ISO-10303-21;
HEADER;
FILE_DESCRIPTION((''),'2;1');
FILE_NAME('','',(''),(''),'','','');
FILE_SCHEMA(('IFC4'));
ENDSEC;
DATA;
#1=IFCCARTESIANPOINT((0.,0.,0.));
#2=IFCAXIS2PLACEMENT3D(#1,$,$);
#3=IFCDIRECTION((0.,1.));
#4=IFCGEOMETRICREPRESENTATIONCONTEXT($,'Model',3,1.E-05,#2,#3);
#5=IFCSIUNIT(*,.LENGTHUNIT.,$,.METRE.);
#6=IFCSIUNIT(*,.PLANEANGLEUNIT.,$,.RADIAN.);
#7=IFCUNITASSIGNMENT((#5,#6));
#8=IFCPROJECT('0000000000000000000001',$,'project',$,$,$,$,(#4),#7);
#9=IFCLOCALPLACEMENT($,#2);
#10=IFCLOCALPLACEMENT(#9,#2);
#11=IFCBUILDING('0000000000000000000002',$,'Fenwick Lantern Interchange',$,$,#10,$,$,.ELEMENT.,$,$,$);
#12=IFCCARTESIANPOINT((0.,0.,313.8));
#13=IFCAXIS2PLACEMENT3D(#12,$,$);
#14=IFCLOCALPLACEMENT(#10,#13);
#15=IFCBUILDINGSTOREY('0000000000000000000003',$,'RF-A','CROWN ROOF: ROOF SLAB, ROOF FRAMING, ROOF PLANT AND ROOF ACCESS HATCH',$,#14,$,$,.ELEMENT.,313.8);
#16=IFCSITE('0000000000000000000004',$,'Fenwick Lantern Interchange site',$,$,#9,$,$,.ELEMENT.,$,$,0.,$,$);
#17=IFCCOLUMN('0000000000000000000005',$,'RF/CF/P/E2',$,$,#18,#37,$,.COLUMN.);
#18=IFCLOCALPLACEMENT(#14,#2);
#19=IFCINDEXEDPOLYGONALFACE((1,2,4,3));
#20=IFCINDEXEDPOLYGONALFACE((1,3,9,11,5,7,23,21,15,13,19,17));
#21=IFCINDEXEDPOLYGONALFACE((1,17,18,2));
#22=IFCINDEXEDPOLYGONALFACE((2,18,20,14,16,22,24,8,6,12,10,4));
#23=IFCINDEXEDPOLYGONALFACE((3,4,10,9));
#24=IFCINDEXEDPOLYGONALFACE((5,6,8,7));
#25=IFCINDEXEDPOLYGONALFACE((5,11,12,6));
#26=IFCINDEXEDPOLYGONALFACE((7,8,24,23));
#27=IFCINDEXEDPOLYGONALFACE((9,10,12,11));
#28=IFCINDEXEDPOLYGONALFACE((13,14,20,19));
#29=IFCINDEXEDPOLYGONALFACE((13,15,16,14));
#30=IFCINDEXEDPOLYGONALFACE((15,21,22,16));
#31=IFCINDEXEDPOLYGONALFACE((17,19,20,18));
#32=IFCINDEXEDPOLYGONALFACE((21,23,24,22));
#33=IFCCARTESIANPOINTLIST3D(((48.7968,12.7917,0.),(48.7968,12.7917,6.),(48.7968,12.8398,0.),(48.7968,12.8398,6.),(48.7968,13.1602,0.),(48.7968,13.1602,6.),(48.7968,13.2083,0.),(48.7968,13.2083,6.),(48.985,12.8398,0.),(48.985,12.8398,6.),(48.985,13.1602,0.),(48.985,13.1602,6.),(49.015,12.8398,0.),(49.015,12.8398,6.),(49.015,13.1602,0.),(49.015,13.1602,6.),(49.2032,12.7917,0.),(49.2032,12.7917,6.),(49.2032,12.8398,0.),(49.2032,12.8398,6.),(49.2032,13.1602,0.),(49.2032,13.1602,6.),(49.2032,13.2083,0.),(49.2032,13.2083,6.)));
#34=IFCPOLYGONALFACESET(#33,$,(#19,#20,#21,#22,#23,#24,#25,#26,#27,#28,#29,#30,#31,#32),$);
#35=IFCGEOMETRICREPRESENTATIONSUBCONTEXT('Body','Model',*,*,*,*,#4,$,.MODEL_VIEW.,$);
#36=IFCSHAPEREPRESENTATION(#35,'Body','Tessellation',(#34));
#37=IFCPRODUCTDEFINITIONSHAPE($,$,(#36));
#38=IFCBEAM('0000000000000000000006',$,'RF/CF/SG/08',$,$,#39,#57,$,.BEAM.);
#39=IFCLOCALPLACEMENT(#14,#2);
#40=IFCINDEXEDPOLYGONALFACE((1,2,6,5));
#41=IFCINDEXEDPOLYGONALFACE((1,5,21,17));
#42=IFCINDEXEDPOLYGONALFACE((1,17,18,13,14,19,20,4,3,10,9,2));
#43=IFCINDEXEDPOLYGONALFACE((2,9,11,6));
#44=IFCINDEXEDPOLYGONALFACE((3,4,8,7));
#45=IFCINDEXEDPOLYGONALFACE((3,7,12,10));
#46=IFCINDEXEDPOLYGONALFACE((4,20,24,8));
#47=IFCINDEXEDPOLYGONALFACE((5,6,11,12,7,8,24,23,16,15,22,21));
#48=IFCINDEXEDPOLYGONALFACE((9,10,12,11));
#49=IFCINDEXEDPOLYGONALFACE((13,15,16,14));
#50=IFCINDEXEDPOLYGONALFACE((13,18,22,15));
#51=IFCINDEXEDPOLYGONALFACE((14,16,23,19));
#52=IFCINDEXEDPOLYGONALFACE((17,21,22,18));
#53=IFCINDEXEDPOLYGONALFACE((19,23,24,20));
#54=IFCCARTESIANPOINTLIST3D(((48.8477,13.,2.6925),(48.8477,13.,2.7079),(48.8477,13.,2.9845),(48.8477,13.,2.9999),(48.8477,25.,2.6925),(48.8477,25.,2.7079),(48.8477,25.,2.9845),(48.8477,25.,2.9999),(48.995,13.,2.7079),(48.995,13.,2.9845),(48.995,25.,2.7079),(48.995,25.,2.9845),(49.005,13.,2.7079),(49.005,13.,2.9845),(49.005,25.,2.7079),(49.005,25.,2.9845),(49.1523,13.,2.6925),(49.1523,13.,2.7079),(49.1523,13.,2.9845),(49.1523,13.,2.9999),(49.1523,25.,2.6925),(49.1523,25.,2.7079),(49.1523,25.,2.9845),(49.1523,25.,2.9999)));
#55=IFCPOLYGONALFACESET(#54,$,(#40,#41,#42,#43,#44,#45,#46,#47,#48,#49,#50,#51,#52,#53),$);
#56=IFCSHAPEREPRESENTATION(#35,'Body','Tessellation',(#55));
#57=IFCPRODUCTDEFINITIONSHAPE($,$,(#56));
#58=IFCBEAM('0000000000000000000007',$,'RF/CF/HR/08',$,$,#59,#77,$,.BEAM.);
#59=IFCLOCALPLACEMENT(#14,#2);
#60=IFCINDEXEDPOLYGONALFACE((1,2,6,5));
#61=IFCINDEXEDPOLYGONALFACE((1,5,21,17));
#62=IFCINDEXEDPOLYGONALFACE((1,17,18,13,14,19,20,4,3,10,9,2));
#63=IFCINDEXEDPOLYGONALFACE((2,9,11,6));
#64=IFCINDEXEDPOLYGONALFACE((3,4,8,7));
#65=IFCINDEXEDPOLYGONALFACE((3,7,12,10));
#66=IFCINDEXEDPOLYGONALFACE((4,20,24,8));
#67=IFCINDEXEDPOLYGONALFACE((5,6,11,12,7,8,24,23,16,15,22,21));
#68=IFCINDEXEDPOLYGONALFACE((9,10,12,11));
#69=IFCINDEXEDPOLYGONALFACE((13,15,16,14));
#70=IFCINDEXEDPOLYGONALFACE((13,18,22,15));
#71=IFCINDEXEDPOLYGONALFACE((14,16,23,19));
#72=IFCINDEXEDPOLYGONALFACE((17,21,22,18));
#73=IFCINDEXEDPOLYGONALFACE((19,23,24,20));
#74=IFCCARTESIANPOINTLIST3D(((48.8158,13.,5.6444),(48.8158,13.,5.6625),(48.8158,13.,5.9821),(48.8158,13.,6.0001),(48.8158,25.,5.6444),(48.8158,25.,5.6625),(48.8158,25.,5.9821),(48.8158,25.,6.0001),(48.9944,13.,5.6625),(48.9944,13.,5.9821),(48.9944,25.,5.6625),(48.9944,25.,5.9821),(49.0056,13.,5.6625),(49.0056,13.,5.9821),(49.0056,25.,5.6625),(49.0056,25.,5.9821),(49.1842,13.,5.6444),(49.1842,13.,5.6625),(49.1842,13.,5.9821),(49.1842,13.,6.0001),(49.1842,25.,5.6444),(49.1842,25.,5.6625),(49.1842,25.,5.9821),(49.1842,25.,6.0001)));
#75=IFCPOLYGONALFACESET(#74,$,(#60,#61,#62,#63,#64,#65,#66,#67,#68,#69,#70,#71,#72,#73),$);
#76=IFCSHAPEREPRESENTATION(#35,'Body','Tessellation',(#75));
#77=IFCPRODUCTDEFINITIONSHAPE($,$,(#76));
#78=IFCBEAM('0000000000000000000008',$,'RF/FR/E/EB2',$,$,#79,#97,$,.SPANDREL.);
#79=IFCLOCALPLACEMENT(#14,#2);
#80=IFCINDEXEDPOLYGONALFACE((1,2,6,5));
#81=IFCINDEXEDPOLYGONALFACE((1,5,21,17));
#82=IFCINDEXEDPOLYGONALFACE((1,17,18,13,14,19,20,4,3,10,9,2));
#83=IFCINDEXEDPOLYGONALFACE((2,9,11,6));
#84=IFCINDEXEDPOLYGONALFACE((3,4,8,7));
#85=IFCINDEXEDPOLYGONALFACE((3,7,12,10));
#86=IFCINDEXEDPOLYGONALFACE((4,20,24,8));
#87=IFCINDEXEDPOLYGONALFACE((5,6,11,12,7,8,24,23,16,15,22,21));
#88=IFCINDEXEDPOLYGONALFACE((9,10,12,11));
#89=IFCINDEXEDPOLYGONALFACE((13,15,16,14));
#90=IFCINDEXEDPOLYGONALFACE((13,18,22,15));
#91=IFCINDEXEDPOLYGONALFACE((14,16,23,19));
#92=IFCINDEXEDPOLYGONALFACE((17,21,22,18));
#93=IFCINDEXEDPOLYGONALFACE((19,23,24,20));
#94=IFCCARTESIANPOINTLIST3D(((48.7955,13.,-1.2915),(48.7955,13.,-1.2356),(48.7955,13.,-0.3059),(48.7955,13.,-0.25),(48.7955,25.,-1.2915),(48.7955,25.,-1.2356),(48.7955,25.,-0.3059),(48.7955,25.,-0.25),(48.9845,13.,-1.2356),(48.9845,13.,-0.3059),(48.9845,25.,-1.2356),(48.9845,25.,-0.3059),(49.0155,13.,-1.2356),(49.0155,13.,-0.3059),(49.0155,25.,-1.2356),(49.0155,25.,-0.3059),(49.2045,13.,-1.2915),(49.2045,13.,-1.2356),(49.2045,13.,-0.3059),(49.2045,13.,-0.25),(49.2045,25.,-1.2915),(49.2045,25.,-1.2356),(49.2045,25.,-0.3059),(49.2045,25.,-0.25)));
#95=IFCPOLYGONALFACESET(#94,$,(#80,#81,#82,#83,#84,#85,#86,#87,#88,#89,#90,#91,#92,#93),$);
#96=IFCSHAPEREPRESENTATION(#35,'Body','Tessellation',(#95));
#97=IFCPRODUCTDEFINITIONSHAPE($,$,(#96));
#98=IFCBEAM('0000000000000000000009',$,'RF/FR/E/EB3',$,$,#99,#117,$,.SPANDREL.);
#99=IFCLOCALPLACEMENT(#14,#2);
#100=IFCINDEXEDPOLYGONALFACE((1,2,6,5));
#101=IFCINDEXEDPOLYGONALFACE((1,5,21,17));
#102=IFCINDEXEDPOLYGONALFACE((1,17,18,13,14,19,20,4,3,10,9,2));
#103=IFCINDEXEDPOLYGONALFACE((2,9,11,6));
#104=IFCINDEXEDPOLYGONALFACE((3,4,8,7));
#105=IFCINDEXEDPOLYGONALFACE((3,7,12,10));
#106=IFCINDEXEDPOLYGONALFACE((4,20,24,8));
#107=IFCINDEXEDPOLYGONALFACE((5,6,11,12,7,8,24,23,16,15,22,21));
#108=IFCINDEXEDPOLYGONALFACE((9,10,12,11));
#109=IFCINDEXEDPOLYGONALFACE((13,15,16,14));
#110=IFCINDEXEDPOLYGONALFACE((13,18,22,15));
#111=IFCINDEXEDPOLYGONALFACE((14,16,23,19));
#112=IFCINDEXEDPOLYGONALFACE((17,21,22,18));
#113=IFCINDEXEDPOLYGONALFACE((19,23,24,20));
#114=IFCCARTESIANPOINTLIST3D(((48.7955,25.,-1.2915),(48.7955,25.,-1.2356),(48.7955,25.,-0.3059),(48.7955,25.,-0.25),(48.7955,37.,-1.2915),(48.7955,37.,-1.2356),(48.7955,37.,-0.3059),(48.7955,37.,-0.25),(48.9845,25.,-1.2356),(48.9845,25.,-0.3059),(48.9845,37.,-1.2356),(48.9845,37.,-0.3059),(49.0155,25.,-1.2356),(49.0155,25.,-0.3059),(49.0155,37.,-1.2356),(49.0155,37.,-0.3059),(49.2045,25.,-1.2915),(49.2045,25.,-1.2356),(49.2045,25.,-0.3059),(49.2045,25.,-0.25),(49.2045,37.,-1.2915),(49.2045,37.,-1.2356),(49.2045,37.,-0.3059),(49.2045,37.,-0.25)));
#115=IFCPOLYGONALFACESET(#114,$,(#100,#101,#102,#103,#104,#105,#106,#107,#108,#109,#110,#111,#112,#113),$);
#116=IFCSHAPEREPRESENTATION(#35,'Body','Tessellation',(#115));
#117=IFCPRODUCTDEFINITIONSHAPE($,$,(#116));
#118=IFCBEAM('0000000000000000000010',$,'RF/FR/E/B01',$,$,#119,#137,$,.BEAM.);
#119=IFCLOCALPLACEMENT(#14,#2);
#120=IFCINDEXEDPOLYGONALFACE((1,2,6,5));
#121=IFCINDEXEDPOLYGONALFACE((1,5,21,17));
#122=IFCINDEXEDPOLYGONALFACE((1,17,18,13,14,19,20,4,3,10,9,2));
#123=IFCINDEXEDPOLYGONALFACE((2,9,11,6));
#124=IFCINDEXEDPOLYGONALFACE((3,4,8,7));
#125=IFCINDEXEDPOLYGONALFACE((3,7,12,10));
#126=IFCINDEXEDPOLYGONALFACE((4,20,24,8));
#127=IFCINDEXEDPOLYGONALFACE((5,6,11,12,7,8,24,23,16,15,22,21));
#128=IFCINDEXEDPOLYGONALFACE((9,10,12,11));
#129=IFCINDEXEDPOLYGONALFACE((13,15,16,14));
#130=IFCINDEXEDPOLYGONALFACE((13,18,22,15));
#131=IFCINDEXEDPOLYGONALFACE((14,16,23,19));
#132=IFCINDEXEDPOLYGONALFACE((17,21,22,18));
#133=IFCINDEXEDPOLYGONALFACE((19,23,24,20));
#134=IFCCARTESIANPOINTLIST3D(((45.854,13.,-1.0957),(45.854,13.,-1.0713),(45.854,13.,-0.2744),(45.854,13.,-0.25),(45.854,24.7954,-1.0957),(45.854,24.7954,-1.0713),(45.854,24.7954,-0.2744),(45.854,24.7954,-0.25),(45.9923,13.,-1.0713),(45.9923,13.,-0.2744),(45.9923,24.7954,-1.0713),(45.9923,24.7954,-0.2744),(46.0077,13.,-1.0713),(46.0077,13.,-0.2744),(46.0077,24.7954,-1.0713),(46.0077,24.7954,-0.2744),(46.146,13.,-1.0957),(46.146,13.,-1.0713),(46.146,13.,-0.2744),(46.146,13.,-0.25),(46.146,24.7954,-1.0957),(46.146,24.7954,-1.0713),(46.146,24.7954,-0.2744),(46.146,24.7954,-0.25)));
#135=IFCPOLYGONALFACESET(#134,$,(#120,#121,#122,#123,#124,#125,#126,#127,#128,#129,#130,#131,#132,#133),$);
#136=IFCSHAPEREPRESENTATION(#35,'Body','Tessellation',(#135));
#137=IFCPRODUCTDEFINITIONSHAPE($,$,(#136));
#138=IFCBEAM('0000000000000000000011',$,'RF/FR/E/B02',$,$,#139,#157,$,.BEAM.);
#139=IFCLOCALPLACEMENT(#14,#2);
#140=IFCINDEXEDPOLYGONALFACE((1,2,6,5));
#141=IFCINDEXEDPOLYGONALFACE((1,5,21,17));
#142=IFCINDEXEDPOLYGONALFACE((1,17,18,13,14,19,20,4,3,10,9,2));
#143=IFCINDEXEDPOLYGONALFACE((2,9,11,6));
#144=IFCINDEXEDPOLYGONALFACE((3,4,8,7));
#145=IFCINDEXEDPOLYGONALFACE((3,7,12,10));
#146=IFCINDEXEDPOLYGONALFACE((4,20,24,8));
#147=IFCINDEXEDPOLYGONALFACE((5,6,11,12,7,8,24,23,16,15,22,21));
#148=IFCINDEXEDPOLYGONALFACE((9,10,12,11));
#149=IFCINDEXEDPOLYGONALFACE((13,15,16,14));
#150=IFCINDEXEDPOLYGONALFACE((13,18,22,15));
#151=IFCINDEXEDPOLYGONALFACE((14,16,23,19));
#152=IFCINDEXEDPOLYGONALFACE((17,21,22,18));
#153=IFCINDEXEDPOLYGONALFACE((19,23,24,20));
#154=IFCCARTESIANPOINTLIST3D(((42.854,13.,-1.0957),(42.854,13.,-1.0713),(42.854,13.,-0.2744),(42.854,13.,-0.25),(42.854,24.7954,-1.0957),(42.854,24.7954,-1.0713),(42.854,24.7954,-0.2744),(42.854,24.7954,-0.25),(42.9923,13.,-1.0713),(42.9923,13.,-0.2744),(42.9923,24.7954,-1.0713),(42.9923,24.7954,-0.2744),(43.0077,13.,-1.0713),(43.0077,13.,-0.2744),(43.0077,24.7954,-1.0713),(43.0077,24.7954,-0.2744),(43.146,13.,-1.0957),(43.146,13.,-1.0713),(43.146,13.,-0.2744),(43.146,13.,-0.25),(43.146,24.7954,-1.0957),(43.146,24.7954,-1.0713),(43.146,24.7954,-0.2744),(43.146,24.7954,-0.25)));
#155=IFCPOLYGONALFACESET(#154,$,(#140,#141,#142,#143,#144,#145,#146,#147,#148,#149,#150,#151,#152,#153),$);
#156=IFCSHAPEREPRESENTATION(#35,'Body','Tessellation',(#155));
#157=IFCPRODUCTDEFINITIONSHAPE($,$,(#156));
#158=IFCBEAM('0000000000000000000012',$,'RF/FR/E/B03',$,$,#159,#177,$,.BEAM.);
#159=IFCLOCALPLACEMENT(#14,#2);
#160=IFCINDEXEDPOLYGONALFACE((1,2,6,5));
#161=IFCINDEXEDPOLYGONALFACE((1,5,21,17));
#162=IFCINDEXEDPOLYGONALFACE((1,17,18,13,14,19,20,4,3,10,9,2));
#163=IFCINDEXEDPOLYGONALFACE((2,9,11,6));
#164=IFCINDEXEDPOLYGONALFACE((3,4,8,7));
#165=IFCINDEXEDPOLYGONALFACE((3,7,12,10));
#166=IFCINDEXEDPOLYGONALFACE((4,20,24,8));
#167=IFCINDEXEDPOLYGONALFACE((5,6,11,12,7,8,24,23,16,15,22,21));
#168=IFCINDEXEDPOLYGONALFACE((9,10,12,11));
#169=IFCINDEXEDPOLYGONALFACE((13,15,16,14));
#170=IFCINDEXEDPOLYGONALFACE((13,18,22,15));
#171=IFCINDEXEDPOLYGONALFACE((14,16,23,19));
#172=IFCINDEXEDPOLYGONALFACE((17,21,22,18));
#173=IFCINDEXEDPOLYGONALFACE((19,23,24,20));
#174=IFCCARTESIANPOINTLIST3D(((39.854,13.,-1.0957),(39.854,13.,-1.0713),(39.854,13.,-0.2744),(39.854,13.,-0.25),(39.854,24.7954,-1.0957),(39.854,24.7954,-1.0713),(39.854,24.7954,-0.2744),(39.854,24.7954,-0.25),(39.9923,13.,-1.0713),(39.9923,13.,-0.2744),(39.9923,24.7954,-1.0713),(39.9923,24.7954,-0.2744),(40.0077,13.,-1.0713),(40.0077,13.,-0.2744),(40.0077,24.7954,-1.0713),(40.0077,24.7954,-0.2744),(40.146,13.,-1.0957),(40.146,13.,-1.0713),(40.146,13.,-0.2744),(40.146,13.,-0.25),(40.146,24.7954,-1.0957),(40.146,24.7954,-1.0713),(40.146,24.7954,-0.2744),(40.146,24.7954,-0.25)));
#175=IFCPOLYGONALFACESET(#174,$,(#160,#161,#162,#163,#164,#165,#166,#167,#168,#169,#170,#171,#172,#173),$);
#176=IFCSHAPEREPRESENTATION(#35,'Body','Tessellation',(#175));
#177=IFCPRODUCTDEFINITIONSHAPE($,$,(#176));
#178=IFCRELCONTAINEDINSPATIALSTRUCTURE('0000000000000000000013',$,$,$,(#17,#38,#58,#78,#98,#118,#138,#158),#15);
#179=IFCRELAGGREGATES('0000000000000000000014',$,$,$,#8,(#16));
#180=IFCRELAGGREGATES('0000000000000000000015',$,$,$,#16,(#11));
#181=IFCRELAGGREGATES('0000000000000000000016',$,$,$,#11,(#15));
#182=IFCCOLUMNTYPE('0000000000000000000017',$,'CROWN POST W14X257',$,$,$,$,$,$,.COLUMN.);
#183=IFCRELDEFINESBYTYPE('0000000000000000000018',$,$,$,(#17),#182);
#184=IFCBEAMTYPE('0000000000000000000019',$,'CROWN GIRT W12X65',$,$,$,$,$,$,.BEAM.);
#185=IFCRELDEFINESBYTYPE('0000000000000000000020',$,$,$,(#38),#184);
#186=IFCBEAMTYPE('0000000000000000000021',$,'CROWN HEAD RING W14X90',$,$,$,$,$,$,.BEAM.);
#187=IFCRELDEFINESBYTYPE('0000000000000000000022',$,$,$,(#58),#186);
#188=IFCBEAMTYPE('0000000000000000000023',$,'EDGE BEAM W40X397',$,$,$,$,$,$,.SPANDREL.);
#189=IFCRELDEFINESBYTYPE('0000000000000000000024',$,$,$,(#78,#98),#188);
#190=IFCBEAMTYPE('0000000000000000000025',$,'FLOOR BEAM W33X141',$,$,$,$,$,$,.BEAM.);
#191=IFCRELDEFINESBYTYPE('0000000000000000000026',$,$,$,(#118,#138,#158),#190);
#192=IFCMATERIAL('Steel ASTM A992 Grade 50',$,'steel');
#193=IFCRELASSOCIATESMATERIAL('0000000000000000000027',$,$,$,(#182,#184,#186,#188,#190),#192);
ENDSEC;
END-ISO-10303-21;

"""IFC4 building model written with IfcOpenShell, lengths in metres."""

from ifc_helpers import new_model, si_unit, direction, frame, origin, origin_2d, place, context, subcontext, project, spatial, i_section, extrude, material, material_profile, profile_set, type_object, element, save


model = new_model("IFC4")

# Units and contexts
model_context = context("Model", 3, precision=1e-05, world=origin(), true_north=direction((0.0, 1.0)))
body_context = subcontext(model_context, "Body", "Model", "MODEL_VIEW")
ifc_project = project(units=[si_unit("LENGTHUNIT", "METRE"), si_unit("PLANEANGLEUNIT", "RADIAN")], contexts=[model_context])

# Site, building, storey
site_placement = place(None, origin())
site = spatial("IfcSite", under=ifc_project, at=site_placement, Name="Fenwick Lantern Interchange site", CompositionType="ELEMENT", RefElevation=0.0)
building_placement = place(site_placement, origin())
building = spatial("IfcBuilding", under=site, at=building_placement, Name="Fenwick Lantern Interchange", CompositionType="ELEMENT")
storey_placement = place(building_placement, frame((0.0, 0.0, 313.8)))
storey = spatial("IfcBuildingStorey", under=building, at=storey_placement, Name="RF-A", Description="CROWN ROOF: ROOF SLAB, ROOF FRAMING, ROOF PLANT AND ROOF ACCESS HATCH", CompositionType="ELEMENT", Elevation=313.8)

# Column
ifc_material_1 = material(Name="Steel ASTM A992 Grade 50", Category="steel")
ifc_material_profile_1 = material_profile(ifc_material_1, i_section(OverallWidth=0.4065, OverallDepth=0.4165, WebThickness=0.03, FlangeThickness=0.0481, at=origin_2d()), Name="W14X257")
ifc_profile_set_1 = profile_set([ifc_material_profile_1], Name="Steel ASTM A992 Grade 50")
column_type = type_object("IfcColumnType", Name="CROWN POST W14X257", PredefinedType="COLUMN", material=ifc_profile_set_1)
column_placement = place(storey_placement, frame((49.0, 13.0, 0.0), z_axis=(0.0, 0.0, 1.0), x_axis=(1.0, 0.0, 0.0)))
element("IfcColumn", 1, at=column_placement, inside=storey, type_object=column_type, Name="RF/CF/P/E2", PredefinedType="COLUMN", context=body_context, shape_type="SweptSolid", body=[
    extrude(i_section(OverallWidth=0.4065, OverallDepth=0.4165, WebThickness=0.03, FlangeThickness=0.0481, at=origin_2d()), origin(), (0.0, 0.0, 1.0), 6.0),
])

# Beams
ifc_material_profile_2 = material_profile(ifc_material_1, i_section(OverallWidth=0.3047, OverallDepth=0.3074, WebThickness=0.01, FlangeThickness=0.0154, at=origin_2d()), Name="W12X65")
ifc_profile_set_2 = profile_set([ifc_material_profile_2], Name="Steel ASTM A992 Grade 50")
beam_type_1 = type_object("IfcBeamType", Name="CROWN GIRT W12X65", PredefinedType="BEAM", material=ifc_profile_set_2)
beam_1_placement = place(storey_placement, frame((49.0, 13.0, 2.8462), z_axis=(0.0, 1.0, 0.0), x_axis=(-1.0, 0.0, 0.0)))
element("IfcBeam", 2, at=beam_1_placement, inside=storey, type_object=beam_type_1, Name="RF/CF/SG/08", PredefinedType="BEAM", context=body_context, shape_type="SweptSolid", body=[
    extrude(i_section(OverallWidth=0.3047, OverallDepth=0.3074, WebThickness=0.01, FlangeThickness=0.0154, at=origin_2d()), origin(), (0.0, 0.0, 1.0), 12.0),
])
ifc_material_profile_3 = material_profile(ifc_material_1, i_section(OverallWidth=0.3684, OverallDepth=0.3557, WebThickness=0.0112, FlangeThickness=0.0181, at=origin_2d()), Name="W14X90")
ifc_profile_set_3 = profile_set([ifc_material_profile_3], Name="Steel ASTM A992 Grade 50")
beam_type_2 = type_object("IfcBeamType", Name="CROWN HEAD RING W14X90", PredefinedType="BEAM", material=ifc_profile_set_3)
beam_2_placement = place(storey_placement, frame((49.0, 13.0, 5.8223), z_axis=(0.0, 1.0, 0.0), x_axis=(-1.0, 0.0, 0.0)))
element("IfcBeam", 3, at=beam_2_placement, inside=storey, type_object=beam_type_2, Name="RF/CF/HR/08", PredefinedType="BEAM", context=body_context, shape_type="SweptSolid", body=[
    extrude(i_section(OverallWidth=0.3684, OverallDepth=0.3557, WebThickness=0.0112, FlangeThickness=0.0181, at=origin_2d()), origin(), (0.0, 0.0, 1.0), 12.0),
])
ifc_material_profile_4 = material_profile(ifc_material_1, i_section(OverallWidth=0.4089, OverallDepth=1.0415, WebThickness=0.031, FlangeThickness=0.0559, at=origin_2d()), Name="W40X397")
ifc_profile_set_4 = profile_set([ifc_material_profile_4], Name="Steel ASTM A992 Grade 50")
beam_type_3 = type_object("IfcBeamType", Name="EDGE BEAM W40X397", PredefinedType="SPANDREL", material=ifc_profile_set_4)
for number, where, z_axis, x_axis, name in (
    (4, (49.0, 13.0, -0.7708), (0.0, 1.0, 0.0), (-1.0, 0.0, 0.0), "RF/FR/E/EB2"),
    (5, (49.0, 25.0, -0.7708), (0.0, 1.0, 0.0), (-1.0, 0.0, 0.0), "RF/FR/E/EB3"),
):
    element("IfcBeam", number, at=place(storey_placement, frame(where, z_axis=z_axis, x_axis=x_axis)), inside=storey, type_object=beam_type_3, Name=name, PredefinedType="SPANDREL", context=body_context, shape_type="SweptSolid", body=[
        extrude(i_section(OverallWidth=0.4089, OverallDepth=1.0415, WebThickness=0.031, FlangeThickness=0.0559, at=origin_2d()), origin(), (0.0, 0.0, 1.0), 12.0),
    ])
ifc_material_profile_5 = material_profile(ifc_material_1, i_section(OverallWidth=0.292, OverallDepth=0.8457, WebThickness=0.0154, FlangeThickness=0.0244, at=origin_2d()), Name="W33X141")
ifc_profile_set_5 = profile_set([ifc_material_profile_5], Name="Steel ASTM A992 Grade 50")
beam_type_4 = type_object("IfcBeamType", Name="FLOOR BEAM W33X141", PredefinedType="BEAM", material=ifc_profile_set_5)
for number, where, z_axis, x_axis, name in (
    (6, (46.0, 13.0, -0.6729), (0.0, 1.0, 0.0), (-1.0, 0.0, 0.0), "RF/FR/E/B01"),
    (7, (43.0, 13.0, -0.6729), (0.0, 1.0, 0.0), (-1.0, 0.0, 0.0), "RF/FR/E/B02"),
    (8, (40.0, 13.0, -0.6729), (0.0, 1.0, 0.0), (-1.0, 0.0, 0.0), "RF/FR/E/B03"),
):
    element("IfcBeam", number, at=place(storey_placement, frame(where, z_axis=z_axis, x_axis=x_axis)), inside=storey, type_object=beam_type_4, Name=name, PredefinedType="BEAM", context=body_context, shape_type="SweptSolid", body=[
        extrude(i_section(OverallWidth=0.292, OverallDepth=0.8457, WebThickness=0.0154, FlangeThickness=0.0244, at=origin_2d()), origin(), (0.0, 0.0, 1.0), 11.7954),
    ])

save(model, "model.ifc")
